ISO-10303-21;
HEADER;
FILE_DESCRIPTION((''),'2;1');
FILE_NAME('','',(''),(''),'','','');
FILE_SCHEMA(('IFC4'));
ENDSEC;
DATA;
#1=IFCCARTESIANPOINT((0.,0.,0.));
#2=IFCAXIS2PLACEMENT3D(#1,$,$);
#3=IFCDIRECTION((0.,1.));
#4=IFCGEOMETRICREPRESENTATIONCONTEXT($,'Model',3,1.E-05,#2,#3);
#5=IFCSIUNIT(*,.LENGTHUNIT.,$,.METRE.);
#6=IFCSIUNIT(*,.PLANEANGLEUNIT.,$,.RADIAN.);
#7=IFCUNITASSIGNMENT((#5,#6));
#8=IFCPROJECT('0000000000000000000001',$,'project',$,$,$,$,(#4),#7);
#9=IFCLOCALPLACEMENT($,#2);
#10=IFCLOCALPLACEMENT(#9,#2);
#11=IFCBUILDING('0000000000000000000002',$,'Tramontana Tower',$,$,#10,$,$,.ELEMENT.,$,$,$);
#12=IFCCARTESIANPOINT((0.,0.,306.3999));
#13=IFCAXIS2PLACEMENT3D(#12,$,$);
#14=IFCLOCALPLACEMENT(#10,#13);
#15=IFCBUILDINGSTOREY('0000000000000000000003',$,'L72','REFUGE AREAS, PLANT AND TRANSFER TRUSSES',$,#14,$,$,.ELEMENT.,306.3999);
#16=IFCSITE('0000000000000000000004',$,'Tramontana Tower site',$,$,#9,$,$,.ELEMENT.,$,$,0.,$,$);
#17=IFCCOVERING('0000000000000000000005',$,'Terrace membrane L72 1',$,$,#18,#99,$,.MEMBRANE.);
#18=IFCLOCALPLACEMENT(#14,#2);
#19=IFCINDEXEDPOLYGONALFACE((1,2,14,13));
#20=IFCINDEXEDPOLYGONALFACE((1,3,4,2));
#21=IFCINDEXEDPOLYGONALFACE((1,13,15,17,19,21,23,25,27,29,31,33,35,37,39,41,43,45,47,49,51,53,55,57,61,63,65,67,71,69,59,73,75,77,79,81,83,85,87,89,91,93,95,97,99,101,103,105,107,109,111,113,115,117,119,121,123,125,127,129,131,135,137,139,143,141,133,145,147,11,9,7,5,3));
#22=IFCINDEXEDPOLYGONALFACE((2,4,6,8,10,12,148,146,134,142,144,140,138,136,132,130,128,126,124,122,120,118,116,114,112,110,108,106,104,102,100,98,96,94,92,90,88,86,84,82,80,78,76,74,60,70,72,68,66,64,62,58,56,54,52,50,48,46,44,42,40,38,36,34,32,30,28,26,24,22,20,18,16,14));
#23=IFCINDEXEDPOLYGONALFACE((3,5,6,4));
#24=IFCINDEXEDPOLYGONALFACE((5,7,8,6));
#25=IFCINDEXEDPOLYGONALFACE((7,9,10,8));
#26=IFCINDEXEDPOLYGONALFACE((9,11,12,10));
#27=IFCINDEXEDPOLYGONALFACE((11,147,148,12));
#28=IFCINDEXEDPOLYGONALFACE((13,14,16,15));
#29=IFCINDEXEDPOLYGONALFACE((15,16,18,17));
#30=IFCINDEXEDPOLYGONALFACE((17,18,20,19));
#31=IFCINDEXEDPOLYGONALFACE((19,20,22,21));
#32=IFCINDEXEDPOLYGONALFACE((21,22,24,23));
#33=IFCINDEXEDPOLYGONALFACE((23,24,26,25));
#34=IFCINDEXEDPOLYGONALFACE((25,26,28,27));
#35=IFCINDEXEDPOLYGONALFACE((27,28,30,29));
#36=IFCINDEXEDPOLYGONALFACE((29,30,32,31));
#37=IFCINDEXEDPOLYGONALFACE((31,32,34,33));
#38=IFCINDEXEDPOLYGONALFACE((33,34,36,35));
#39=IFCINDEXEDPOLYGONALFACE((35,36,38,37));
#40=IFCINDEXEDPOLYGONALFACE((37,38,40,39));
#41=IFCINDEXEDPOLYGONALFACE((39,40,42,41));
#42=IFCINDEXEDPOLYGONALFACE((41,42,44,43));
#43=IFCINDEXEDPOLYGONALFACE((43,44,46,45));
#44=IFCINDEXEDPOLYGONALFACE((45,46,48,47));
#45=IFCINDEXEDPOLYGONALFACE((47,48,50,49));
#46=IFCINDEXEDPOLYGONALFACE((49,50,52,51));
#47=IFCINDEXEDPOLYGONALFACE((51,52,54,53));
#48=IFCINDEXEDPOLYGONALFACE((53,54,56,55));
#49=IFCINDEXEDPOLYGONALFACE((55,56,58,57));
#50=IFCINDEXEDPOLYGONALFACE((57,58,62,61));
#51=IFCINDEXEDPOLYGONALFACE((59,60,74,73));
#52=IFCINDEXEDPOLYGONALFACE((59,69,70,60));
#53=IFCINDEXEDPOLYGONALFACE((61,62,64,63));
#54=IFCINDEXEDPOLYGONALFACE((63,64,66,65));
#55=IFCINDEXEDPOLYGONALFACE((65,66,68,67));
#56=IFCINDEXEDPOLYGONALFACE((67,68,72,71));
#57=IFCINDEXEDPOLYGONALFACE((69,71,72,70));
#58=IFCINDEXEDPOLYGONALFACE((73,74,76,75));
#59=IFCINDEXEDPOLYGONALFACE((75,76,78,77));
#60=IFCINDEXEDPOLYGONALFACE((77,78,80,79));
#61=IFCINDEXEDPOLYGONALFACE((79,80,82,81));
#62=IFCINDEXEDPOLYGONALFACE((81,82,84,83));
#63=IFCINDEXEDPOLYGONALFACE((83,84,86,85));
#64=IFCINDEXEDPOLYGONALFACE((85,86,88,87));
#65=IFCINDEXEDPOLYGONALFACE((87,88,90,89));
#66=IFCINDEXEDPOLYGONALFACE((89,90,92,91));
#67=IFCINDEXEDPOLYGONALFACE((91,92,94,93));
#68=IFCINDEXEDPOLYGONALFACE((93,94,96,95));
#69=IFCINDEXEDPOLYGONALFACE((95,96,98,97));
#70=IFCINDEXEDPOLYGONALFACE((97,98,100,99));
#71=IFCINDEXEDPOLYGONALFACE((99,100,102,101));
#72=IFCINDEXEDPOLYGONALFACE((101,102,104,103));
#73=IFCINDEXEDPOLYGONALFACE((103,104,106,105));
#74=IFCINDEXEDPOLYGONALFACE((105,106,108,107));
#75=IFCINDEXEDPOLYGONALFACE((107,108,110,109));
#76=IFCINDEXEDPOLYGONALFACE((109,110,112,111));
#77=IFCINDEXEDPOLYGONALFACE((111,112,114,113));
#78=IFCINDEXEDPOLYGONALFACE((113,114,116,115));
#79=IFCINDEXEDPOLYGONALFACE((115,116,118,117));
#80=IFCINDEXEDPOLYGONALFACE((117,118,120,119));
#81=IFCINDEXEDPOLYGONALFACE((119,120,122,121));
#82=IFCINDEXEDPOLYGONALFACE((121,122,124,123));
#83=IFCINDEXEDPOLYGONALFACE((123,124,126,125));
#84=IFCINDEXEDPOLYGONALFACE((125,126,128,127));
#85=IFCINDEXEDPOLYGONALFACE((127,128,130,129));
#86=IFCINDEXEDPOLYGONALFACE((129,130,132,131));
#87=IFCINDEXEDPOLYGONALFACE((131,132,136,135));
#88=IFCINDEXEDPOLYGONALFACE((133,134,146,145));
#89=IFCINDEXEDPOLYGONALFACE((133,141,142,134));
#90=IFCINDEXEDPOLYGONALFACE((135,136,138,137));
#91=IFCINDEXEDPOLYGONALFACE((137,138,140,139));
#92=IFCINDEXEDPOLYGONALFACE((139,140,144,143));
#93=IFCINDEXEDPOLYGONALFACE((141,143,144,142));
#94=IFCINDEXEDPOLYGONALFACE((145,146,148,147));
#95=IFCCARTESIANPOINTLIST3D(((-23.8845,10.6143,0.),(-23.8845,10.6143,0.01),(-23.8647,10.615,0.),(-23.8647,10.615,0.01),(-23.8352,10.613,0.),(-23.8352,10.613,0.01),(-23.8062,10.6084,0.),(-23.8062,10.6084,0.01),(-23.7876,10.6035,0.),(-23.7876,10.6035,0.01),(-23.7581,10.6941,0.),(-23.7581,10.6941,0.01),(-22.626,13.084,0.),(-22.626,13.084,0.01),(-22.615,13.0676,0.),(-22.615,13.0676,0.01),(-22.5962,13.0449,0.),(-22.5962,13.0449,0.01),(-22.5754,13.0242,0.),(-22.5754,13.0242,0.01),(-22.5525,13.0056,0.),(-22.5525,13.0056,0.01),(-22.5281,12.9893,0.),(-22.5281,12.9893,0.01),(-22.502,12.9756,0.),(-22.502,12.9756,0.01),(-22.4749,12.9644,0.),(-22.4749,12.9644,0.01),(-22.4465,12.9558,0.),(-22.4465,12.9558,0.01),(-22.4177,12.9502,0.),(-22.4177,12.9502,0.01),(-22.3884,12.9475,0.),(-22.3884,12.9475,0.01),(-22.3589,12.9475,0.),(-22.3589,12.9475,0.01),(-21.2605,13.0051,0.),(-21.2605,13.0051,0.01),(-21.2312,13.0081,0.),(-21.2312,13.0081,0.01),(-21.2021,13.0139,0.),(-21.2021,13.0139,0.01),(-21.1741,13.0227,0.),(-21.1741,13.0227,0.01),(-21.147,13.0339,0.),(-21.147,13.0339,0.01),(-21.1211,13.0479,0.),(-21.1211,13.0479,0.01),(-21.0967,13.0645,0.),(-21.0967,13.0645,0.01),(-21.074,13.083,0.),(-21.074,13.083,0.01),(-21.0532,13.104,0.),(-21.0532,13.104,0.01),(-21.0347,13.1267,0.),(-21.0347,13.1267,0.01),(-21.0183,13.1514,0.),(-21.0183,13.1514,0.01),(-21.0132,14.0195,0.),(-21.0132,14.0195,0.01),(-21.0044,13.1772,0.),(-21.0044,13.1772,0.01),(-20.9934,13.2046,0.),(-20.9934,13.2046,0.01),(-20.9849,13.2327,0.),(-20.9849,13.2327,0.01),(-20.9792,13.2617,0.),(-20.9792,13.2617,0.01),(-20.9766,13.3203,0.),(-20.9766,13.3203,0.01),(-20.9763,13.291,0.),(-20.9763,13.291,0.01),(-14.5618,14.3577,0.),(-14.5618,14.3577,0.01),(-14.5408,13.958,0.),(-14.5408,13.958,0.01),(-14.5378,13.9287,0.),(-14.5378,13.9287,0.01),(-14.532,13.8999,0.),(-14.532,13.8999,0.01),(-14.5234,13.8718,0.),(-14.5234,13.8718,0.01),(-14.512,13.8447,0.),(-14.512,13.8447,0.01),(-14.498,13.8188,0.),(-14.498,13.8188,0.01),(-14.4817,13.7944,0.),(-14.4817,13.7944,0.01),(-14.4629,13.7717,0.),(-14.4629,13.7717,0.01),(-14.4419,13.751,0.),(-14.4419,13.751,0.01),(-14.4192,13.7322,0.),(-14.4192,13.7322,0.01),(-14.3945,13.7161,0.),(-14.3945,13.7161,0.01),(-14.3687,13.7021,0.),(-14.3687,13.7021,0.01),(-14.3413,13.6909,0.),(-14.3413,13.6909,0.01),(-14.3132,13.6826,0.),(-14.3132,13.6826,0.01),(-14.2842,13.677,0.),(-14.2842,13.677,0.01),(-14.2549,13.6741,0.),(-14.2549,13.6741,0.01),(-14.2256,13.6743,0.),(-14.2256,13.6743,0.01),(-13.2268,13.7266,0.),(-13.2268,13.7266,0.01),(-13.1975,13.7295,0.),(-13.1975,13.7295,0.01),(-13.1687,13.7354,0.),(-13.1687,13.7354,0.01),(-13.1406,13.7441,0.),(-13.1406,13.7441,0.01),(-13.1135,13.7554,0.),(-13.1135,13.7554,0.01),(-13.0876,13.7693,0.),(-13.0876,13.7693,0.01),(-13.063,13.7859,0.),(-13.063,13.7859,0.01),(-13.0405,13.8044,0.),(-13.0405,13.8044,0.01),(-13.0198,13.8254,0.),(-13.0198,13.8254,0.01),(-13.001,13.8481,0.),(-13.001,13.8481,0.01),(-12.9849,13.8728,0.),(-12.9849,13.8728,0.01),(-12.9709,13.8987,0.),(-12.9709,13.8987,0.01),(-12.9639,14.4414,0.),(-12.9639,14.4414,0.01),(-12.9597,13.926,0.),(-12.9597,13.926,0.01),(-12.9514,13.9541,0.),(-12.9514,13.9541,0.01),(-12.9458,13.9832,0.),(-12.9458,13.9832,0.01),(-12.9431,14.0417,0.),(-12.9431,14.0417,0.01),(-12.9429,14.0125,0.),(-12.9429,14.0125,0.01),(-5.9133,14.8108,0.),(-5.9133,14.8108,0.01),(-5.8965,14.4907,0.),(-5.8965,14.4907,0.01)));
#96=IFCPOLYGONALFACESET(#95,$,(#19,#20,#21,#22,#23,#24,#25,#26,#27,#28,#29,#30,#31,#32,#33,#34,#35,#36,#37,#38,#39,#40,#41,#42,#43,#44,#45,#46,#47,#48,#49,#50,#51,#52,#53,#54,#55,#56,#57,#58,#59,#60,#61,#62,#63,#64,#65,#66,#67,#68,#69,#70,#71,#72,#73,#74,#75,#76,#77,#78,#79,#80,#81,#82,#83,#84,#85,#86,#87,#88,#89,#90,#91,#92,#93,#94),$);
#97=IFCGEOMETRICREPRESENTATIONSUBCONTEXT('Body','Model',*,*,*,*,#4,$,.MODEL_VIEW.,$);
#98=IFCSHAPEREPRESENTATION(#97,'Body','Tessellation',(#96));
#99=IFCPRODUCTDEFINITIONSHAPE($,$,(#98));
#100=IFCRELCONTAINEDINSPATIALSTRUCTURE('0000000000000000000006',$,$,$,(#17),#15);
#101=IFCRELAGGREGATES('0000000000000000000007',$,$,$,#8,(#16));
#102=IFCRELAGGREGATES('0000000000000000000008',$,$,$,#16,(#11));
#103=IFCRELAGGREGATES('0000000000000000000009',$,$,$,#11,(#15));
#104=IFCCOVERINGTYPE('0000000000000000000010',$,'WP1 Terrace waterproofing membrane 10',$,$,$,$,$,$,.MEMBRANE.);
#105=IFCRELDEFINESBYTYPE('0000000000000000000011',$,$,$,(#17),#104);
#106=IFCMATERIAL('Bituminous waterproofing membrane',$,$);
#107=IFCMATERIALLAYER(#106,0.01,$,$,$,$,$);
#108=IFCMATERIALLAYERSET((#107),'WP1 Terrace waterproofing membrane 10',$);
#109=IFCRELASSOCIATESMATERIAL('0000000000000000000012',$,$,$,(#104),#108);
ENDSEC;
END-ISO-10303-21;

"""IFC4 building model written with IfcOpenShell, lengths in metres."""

from ifc_helpers import new_model, si_unit, direction, frame, origin, place, context, subcontext, project, spatial, polyline, outline, extrude, material, layer, layer_set, type_object, element, save


model = new_model("IFC4")

# Units and contexts
model_context = context("Model", 3, precision=1e-05, world=origin(), true_north=direction((0.0, 1.0)))
body_context = subcontext(model_context, "Body", "Model", "MODEL_VIEW")
ifc_project = project(units=[si_unit("LENGTHUNIT", "METRE"), si_unit("PLANEANGLEUNIT", "RADIAN")], contexts=[model_context])

# Site, building, storey
site_placement = place(None, origin())
site = spatial("IfcSite", under=ifc_project, at=site_placement, Name="Tramontana Tower site", CompositionType="ELEMENT", RefElevation=0.0)
building_placement = place(site_placement, origin())
building = spatial("IfcBuilding", under=site, at=building_placement, Name="Tramontana Tower", CompositionType="ELEMENT")
storey_placement = place(building_placement, frame((0.0, 0.0, 306.3999)))
storey = spatial("IfcBuildingStorey", under=building, at=storey_placement, Name="L72", Description="REFUGE AREAS, PLANT AND TRANSFER TRUSSES", CompositionType="ELEMENT", Elevation=306.3999)

# Covering
ifc_material_1 = material(Name="Bituminous waterproofing membrane")
ifc_layer_1 = layer(ifc_material_1, 0.01)
ifc_layer_set_1 = layer_set([ifc_layer_1], Name="WP1 Terrace waterproofing membrane 10")
covering_type_1 = type_object("IfcCoveringType", Name="WP1 Terrace waterproofing membrane 10", PredefinedType="MEMBRANE", material=ifc_layer_set_1)
covering_1_placement = place(storey_placement, origin())
element("IfcCovering", 1, at=covering_1_placement, inside=storey, type_object=covering_type_1, Name="Terrace membrane L72 1", PredefinedType="MEMBRANE", context=body_context, shape_type="SweptSolid", body=[
    extrude(outline(polyline([(-22.626, 13.084), (-22.615, 13.0676), (-22.5962, 13.0449), (-22.5754, 13.0242), (-22.5525, 13.0056), (-22.5281, 12.9893), (-22.502, 12.9756), (-22.4749, 12.9644), (-22.4465, 12.9558), (-22.4177, 12.9502), (-22.3884, 12.9475), (-22.3589, 12.9475), (-21.2605, 13.0051), (-21.2312, 13.0081), (-21.2021, 13.0139), (-21.1741, 13.0227), (-21.147, 13.0339), (-21.1211, 13.0479), (-21.0967, 13.0645), (-21.074, 13.083), (-21.0532, 13.104), (-21.0347, 13.1267), (-21.0183, 13.1514), (-21.0044, 13.1772), (-20.9934, 13.2046), (-20.9849, 13.2327), (-20.9792, 13.2617), (-20.9763, 13.291), (-20.9766, 13.3203), (-21.0132, 14.0195), (-14.5618, 14.3577), (-14.5408, 13.958), (-14.5378, 13.9287), (-14.532, 13.8999), (-14.5234, 13.8718), (-14.512, 13.8447), (-14.498, 13.8188), (-14.4817, 13.7944), (-14.4629, 13.7717), (-14.4419, 13.751), (-14.4192, 13.7322), (-14.3945, 13.7161), (-14.3687, 13.7021), (-14.3413, 13.6909), (-14.3132, 13.6826), (-14.2842, 13.677), (-14.2549, 13.6741), (-14.2256, 13.6743), (-13.2268, 13.7266), (-13.1975, 13.7295), (-13.1687, 13.7354), (-13.1406, 13.7441), (-13.1135, 13.7554), (-13.0876, 13.7693), (-13.063, 13.7859), (-13.0405, 13.8044), (-13.0198, 13.8254), (-13.001, 13.8481), (-12.9849, 13.8728), (-12.9709, 13.8987), (-12.9597, 13.926), (-12.9514, 13.9541), (-12.9458, 13.9832), (-12.9429, 14.0125), (-12.9431, 14.0417), (-12.9639, 14.4414), (-5.9133, 14.8108), (-5.8965, 14.4907), (-23.7581, 10.6941), (-23.7876, 10.6035), (-23.8062, 10.6084), (-23.8352, 10.613), (-23.8647, 10.615), (-23.8845, 10.6143), (-22.626, 13.084)])), origin(), (0.0, 0.0, 1.0), 0.01),
])

save(model, "model.ifc")
